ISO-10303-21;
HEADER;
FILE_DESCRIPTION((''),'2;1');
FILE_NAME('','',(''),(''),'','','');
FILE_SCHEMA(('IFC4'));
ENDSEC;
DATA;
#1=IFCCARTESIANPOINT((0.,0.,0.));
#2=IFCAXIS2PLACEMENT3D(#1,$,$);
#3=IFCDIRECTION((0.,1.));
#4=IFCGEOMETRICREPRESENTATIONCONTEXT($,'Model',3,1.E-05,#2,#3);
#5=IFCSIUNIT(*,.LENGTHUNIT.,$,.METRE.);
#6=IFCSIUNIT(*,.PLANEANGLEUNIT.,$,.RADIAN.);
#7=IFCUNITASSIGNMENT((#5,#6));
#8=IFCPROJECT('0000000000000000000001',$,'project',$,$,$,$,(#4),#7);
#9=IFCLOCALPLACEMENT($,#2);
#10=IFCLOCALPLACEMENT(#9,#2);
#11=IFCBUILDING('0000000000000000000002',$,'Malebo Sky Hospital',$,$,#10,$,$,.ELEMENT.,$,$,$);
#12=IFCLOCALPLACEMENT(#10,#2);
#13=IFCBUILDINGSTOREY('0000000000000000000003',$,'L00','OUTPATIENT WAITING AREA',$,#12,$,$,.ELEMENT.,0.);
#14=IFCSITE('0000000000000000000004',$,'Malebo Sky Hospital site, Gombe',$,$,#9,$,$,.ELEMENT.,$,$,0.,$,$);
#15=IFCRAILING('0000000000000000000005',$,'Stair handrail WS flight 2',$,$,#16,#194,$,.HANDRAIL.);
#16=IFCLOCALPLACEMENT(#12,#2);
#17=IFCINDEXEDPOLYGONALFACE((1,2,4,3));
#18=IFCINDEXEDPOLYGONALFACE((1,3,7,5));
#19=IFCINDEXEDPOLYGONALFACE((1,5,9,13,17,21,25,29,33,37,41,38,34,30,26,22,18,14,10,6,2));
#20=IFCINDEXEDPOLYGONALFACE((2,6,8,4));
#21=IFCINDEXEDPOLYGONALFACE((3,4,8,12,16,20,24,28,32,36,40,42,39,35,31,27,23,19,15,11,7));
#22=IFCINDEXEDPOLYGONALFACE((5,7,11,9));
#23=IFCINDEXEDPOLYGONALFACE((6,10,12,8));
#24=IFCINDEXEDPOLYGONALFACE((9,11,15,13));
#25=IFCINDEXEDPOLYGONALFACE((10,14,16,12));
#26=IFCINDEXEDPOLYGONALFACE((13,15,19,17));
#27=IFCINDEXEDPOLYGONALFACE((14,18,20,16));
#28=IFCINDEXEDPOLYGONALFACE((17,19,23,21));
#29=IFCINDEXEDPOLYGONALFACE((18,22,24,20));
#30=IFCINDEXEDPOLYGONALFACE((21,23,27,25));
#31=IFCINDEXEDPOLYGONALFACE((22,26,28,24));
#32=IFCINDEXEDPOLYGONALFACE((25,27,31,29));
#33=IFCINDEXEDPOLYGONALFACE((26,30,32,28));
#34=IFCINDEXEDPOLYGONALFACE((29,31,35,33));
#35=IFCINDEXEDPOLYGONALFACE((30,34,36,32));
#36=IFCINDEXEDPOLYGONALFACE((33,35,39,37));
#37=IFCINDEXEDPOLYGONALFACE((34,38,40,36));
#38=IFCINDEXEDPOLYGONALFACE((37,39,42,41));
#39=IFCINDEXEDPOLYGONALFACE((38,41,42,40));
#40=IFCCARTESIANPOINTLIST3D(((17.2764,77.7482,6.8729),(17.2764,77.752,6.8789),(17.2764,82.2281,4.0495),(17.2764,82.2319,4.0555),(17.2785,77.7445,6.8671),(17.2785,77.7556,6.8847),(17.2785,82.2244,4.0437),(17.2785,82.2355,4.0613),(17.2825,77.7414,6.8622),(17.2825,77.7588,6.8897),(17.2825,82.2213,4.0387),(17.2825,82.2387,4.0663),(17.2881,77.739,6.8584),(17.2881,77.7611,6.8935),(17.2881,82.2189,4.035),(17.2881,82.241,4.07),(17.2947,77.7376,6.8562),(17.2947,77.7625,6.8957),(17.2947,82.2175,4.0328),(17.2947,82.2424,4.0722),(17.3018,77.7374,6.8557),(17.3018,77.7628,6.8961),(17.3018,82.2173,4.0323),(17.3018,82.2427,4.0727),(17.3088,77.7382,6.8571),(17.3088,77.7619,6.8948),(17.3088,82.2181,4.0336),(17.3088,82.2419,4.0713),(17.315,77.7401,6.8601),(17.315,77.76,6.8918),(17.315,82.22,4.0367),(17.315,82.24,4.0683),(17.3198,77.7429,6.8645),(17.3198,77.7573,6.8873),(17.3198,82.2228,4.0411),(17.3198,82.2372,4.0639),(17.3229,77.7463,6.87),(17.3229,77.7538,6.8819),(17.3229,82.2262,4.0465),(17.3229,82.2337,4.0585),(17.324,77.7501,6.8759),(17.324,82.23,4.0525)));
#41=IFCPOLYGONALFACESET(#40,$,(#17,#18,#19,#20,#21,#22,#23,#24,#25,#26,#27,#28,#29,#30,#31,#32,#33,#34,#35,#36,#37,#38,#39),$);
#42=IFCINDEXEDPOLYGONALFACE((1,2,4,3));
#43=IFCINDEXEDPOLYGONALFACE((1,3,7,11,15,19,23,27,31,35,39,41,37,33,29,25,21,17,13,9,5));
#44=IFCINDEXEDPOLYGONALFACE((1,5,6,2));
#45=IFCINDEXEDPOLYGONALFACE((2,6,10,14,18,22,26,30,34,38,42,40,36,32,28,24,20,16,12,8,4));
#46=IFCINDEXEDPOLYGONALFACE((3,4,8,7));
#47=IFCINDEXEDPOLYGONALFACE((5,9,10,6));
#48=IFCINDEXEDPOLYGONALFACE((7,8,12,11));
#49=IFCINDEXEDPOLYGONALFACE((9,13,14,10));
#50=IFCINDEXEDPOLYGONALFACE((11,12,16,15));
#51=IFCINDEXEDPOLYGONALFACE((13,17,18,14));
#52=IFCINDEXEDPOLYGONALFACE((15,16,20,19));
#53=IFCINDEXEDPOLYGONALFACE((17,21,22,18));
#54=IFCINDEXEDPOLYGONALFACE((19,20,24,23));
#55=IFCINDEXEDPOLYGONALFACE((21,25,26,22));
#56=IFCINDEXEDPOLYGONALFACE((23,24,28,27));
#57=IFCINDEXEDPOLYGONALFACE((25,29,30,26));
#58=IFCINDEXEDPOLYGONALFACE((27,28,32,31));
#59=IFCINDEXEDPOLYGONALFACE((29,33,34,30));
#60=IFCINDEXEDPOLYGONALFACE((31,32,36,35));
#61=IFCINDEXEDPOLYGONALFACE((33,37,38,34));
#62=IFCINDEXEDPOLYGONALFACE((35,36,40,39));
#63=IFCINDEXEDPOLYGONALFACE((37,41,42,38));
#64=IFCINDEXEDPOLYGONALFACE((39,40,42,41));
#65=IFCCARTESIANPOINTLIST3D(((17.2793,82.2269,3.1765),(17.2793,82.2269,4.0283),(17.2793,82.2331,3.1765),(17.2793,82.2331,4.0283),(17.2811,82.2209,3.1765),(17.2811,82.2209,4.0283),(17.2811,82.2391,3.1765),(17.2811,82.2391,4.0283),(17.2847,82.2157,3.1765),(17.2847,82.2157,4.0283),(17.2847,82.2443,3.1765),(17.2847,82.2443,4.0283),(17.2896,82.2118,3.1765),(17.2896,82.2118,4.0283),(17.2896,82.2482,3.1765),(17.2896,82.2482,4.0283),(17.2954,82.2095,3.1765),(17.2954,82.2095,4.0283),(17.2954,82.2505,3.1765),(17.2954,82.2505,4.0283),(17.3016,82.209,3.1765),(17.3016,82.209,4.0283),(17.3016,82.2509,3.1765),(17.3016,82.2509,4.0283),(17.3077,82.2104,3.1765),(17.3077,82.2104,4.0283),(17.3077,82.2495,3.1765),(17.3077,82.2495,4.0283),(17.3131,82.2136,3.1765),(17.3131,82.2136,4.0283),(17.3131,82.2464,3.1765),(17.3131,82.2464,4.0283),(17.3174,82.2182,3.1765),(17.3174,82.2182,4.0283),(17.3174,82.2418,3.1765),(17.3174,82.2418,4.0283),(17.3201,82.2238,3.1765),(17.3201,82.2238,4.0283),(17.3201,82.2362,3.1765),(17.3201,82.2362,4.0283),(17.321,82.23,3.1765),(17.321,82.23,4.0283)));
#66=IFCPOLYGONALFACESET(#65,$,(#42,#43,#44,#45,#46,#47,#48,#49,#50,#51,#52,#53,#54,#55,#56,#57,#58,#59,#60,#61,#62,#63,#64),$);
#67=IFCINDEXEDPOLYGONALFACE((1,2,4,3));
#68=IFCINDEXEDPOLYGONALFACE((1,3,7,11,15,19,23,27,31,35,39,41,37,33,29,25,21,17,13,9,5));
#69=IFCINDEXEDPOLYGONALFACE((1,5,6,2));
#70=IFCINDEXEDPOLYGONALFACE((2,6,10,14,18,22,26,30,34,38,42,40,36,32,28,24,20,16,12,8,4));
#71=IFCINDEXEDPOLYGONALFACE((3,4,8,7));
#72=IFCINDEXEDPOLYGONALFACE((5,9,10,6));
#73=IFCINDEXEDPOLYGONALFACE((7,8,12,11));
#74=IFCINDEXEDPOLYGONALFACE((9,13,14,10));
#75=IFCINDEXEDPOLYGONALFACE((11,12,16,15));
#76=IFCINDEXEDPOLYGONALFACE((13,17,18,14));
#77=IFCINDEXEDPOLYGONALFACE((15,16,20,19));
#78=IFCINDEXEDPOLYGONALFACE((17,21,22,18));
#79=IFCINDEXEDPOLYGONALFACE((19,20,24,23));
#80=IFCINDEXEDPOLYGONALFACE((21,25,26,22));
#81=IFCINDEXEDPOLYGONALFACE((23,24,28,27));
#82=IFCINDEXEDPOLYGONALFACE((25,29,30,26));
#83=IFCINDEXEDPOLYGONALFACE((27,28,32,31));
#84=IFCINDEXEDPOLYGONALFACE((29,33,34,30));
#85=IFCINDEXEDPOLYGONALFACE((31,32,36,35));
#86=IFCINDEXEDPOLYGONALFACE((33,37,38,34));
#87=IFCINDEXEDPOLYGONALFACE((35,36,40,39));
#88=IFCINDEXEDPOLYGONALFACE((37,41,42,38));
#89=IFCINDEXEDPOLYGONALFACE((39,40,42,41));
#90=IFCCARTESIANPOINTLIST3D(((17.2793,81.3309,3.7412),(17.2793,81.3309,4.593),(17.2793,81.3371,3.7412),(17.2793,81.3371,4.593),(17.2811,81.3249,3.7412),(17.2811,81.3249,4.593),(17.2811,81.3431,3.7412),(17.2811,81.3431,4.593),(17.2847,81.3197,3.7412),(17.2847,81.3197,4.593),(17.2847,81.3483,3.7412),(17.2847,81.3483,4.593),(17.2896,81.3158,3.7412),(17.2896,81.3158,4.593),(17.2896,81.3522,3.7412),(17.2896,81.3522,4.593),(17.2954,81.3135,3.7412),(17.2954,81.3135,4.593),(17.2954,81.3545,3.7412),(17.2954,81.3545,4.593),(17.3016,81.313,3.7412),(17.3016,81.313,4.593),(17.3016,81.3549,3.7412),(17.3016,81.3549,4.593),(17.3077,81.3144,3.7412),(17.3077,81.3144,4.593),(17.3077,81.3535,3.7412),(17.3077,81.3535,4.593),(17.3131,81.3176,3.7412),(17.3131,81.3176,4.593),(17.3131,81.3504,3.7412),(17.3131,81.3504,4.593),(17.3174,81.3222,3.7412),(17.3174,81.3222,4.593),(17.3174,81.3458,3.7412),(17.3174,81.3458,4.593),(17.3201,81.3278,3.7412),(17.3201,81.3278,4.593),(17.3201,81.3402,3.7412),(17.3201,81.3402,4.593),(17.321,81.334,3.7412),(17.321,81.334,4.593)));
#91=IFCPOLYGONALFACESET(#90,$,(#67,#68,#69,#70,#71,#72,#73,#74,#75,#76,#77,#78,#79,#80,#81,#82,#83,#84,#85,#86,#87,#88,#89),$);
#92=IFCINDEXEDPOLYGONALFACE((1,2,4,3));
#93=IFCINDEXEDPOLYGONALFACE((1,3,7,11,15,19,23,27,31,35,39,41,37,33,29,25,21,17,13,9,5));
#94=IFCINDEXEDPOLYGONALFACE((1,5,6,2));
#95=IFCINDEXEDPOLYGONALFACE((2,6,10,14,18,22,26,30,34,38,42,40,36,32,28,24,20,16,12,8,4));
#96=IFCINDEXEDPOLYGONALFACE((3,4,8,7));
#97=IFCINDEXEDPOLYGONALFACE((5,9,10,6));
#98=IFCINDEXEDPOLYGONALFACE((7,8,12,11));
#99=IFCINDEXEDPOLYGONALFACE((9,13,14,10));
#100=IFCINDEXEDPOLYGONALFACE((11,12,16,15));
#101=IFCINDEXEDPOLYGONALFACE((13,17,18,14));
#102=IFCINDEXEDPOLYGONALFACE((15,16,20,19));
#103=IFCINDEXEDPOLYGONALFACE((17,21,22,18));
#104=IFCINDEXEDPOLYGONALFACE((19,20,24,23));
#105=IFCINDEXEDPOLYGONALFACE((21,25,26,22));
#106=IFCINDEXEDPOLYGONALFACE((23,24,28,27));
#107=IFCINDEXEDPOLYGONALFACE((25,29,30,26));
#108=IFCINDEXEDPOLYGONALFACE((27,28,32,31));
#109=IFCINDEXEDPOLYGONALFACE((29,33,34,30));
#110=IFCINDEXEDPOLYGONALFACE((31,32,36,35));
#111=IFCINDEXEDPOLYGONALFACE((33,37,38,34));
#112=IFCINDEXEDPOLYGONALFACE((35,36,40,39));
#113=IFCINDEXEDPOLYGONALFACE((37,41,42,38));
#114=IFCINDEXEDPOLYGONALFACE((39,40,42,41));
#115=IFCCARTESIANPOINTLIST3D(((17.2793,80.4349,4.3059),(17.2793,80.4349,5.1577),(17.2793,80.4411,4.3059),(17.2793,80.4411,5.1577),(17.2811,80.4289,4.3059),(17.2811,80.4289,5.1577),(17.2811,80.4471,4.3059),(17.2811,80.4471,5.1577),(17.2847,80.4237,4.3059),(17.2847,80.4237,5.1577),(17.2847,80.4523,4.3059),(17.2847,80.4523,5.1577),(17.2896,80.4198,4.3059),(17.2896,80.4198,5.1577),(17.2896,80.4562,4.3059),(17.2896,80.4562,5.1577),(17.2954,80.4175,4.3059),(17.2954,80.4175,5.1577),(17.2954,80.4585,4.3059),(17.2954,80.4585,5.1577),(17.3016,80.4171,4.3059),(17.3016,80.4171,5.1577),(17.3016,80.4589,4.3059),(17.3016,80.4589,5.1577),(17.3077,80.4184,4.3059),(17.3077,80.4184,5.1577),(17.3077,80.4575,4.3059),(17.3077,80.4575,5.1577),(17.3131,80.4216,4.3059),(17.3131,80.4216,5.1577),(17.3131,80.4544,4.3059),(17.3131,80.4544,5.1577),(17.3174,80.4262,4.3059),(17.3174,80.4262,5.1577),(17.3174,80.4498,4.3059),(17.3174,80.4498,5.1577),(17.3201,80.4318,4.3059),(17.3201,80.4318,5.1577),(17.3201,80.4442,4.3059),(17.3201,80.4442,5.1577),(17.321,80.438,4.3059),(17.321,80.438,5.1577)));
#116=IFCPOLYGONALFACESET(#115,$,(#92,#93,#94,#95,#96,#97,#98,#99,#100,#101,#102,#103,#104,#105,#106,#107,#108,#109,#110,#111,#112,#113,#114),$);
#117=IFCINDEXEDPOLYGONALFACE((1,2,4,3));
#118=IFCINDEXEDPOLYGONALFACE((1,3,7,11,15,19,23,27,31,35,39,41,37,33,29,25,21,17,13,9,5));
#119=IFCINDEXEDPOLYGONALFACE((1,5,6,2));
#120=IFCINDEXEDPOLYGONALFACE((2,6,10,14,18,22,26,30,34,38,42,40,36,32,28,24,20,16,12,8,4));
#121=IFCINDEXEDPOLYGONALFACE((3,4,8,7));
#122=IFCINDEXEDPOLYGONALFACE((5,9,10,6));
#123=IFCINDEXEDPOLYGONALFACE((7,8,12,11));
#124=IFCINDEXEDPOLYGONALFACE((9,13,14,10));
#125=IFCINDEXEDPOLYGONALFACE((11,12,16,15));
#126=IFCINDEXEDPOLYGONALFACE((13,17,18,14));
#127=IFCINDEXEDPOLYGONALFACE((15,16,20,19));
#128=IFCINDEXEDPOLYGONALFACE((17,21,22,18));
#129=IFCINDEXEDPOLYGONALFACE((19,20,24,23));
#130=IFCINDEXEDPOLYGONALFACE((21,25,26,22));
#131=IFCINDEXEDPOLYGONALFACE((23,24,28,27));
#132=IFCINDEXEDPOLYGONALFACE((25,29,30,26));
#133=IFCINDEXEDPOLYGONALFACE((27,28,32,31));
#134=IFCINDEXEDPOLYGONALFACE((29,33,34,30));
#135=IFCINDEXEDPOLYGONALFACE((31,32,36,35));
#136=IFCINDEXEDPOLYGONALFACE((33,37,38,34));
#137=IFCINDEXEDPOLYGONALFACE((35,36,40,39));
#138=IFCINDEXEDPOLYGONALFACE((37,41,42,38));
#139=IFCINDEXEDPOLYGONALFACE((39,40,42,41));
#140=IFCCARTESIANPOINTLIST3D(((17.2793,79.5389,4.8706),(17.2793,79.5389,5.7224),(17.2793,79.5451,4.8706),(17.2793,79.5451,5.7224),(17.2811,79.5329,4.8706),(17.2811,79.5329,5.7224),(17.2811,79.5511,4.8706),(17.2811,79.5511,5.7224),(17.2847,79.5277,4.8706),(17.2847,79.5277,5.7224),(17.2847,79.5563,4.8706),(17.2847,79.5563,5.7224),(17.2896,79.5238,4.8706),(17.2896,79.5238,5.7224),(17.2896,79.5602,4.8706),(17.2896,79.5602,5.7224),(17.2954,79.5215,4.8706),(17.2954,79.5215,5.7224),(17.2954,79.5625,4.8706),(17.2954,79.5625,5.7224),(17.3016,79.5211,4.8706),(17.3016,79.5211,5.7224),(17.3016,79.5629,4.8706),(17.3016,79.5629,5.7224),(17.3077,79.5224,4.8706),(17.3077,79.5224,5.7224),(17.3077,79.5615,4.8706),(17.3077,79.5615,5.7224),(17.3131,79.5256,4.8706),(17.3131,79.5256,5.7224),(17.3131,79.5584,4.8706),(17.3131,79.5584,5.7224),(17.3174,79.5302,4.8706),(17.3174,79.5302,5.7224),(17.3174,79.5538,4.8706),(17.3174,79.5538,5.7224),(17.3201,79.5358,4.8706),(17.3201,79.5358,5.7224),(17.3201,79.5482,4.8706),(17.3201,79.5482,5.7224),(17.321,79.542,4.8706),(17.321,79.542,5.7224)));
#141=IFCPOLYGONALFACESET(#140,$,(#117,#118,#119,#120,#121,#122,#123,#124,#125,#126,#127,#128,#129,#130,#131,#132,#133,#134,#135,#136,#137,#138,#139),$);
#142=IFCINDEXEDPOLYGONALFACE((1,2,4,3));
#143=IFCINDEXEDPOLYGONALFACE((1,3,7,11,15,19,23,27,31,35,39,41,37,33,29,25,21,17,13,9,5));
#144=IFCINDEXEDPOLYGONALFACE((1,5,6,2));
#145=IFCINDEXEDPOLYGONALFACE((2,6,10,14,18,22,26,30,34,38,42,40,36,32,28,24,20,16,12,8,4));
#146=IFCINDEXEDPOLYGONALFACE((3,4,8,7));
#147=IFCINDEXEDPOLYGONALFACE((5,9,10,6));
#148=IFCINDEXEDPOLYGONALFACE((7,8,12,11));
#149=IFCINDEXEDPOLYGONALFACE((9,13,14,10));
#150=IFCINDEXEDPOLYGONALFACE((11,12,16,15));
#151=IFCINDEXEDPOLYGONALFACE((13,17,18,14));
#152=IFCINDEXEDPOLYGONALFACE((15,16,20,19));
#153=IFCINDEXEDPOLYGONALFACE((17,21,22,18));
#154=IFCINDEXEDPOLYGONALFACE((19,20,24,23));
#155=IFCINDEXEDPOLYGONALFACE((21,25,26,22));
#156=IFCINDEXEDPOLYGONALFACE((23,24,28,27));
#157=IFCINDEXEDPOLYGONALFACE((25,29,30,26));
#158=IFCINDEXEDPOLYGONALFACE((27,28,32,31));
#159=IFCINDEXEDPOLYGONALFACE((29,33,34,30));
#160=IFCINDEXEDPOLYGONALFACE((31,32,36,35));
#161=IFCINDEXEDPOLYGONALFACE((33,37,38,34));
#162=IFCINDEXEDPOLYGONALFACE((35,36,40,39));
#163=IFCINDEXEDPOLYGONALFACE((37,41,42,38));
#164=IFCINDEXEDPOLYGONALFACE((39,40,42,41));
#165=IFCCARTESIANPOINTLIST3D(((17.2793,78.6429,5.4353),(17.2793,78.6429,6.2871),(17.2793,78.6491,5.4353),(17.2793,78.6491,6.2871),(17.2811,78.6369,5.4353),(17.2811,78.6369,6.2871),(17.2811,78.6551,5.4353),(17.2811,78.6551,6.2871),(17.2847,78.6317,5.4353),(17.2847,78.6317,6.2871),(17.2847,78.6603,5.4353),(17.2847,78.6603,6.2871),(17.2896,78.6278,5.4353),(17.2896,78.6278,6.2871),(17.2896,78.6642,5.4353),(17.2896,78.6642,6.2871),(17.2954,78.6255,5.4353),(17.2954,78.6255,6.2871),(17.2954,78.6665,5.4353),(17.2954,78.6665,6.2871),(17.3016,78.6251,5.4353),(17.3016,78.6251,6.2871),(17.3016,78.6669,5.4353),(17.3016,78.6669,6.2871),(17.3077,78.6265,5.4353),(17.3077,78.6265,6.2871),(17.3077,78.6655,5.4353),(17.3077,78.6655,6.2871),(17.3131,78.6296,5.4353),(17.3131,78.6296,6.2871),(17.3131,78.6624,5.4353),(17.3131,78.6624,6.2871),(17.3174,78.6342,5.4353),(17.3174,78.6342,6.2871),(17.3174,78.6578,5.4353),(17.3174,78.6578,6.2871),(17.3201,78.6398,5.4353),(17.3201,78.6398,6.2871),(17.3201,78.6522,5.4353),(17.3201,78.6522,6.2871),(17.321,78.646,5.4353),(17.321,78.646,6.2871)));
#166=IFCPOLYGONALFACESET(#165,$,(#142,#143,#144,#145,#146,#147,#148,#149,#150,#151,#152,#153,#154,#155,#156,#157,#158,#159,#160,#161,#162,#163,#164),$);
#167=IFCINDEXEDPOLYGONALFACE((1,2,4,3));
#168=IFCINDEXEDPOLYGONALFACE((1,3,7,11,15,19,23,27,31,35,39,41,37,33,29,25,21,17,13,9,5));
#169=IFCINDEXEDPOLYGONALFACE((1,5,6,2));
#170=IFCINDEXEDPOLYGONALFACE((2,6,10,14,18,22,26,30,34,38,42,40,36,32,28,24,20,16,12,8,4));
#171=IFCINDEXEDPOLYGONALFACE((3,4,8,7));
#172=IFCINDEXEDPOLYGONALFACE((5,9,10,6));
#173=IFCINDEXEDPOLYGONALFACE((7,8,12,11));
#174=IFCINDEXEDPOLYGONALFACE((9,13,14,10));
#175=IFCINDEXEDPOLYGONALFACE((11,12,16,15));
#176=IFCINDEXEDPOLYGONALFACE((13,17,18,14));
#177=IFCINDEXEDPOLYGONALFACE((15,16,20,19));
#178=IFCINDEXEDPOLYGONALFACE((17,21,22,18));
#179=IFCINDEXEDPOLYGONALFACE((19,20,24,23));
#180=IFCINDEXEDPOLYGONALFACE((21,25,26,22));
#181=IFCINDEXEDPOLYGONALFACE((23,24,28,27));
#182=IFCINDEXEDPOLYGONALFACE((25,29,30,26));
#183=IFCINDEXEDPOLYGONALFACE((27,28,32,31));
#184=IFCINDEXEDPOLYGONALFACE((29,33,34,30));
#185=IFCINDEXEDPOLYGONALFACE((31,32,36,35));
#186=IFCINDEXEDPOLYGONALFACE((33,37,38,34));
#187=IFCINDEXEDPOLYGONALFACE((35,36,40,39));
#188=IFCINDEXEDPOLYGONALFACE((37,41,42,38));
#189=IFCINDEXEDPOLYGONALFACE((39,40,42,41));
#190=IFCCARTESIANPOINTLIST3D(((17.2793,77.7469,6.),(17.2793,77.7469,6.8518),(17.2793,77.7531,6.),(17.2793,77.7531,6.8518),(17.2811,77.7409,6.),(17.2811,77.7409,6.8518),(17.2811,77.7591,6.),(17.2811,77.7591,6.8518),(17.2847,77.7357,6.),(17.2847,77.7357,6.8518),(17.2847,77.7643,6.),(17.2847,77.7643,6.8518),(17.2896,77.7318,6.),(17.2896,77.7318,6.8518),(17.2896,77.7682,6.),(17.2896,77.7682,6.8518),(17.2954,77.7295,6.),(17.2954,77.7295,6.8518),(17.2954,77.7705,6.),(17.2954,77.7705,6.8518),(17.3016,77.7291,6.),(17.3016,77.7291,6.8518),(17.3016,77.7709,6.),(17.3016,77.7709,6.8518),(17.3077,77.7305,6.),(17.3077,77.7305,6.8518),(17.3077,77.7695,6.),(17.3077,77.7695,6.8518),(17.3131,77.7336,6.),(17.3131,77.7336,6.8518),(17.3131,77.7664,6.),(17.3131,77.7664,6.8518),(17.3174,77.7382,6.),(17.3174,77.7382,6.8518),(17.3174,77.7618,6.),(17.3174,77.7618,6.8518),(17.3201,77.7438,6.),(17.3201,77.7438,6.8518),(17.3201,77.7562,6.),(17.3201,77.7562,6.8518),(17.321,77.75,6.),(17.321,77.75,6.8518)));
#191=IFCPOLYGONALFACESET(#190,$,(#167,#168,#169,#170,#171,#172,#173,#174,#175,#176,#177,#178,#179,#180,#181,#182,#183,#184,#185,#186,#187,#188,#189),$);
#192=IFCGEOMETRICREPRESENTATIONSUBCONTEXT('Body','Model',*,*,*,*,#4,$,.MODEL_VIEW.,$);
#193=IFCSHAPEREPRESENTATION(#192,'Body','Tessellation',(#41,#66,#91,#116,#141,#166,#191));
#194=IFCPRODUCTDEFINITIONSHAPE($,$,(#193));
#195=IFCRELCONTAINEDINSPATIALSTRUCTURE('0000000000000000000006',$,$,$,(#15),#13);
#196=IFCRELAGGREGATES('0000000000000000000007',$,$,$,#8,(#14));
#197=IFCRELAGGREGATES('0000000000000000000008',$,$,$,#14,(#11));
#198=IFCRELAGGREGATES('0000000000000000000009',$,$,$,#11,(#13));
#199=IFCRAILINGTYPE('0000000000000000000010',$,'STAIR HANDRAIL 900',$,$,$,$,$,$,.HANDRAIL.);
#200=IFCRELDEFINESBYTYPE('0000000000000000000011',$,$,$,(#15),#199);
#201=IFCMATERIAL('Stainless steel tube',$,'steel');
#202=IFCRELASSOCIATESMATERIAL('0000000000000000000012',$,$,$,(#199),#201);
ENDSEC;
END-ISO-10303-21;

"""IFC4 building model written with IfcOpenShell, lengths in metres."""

from ifc_helpers import new_model, si_unit, direction, frame, origin, origin_2d, place, context, subcontext, project, spatial, circle, extrude, material, type_object, element, save


model = new_model("IFC4")

# Units and contexts
model_context = context("Model", 3, precision=1e-05, world=origin(), true_north=direction((0.0, 1.0)))
body_context = subcontext(model_context, "Body", "Model", "MODEL_VIEW")
ifc_project = project(units=[si_unit("LENGTHUNIT", "METRE"), si_unit("PLANEANGLEUNIT", "RADIAN")], contexts=[model_context])

# Site, building, storey
site_placement = place(None, origin())
site = spatial("IfcSite", under=ifc_project, at=site_placement, Name="Malebo Sky Hospital site, Gombe", CompositionType="ELEMENT", RefElevation=0.0)
building_placement = place(site_placement, origin())
building = spatial("IfcBuilding", under=site, at=building_placement, Name="Malebo Sky Hospital", CompositionType="ELEMENT")
storey_placement = place(building_placement, origin())
storey = spatial("IfcBuildingStorey", under=building, at=storey_placement, Name="L00", Description="OUTPATIENT WAITING AREA", CompositionType="ELEMENT", Elevation=0.0)

# Railing
ifc_material_1 = material(Name="Stainless steel tube", Category="steel")
railing_type = type_object("IfcRailingType", Name="STAIR HANDRAIL 900", PredefinedType="HANDRAIL", material=ifc_material_1)
railing_1_placement = place(storey_placement, frame((17.3, 82.23, 3.1765)))
element("IfcRailing", 1, at=railing_1_placement, inside=storey, type_object=railing_type, Name="Stair handrail WS flight 2", PredefinedType="HANDRAIL", context=body_context, shape_type="SweptSolid", body=[
    extrude(circle(Radius=0.0239, at=origin_2d()), frame((0.0, 0.0, 0.876), z_axis=(0.0, -0.845998, 0.533186), x_axis=(1.0, 0.0, 0.0)), (0.0, 0.0, 1.0), 5.2954),
    extrude(circle(Radius=0.021, at=origin_2d()), origin(), (0.0, 0.0, 1.0), 0.8518),
    extrude(circle(Radius=0.021, at=origin_2d()), frame((0.0, -0.896, 0.5647)), (0.0, 0.0, 1.0), 0.8518),
    extrude(circle(Radius=0.021, at=origin_2d()), frame((0.0, -1.792, 1.1294)), (0.0, 0.0, 1.0), 0.8518),
    extrude(circle(Radius=0.021, at=origin_2d()), frame((0.0, -2.688, 1.6941)), (0.0, 0.0, 1.0), 0.8518),
    extrude(circle(Radius=0.021, at=origin_2d()), frame((0.0, -3.584, 2.2588)), (0.0, 0.0, 1.0), 0.8518),
    extrude(circle(Radius=0.021, at=origin_2d()), frame((0.0, -4.48, 2.8235)), (0.0, 0.0, 1.0), 0.8518),
])

save(model, "model.ifc")
